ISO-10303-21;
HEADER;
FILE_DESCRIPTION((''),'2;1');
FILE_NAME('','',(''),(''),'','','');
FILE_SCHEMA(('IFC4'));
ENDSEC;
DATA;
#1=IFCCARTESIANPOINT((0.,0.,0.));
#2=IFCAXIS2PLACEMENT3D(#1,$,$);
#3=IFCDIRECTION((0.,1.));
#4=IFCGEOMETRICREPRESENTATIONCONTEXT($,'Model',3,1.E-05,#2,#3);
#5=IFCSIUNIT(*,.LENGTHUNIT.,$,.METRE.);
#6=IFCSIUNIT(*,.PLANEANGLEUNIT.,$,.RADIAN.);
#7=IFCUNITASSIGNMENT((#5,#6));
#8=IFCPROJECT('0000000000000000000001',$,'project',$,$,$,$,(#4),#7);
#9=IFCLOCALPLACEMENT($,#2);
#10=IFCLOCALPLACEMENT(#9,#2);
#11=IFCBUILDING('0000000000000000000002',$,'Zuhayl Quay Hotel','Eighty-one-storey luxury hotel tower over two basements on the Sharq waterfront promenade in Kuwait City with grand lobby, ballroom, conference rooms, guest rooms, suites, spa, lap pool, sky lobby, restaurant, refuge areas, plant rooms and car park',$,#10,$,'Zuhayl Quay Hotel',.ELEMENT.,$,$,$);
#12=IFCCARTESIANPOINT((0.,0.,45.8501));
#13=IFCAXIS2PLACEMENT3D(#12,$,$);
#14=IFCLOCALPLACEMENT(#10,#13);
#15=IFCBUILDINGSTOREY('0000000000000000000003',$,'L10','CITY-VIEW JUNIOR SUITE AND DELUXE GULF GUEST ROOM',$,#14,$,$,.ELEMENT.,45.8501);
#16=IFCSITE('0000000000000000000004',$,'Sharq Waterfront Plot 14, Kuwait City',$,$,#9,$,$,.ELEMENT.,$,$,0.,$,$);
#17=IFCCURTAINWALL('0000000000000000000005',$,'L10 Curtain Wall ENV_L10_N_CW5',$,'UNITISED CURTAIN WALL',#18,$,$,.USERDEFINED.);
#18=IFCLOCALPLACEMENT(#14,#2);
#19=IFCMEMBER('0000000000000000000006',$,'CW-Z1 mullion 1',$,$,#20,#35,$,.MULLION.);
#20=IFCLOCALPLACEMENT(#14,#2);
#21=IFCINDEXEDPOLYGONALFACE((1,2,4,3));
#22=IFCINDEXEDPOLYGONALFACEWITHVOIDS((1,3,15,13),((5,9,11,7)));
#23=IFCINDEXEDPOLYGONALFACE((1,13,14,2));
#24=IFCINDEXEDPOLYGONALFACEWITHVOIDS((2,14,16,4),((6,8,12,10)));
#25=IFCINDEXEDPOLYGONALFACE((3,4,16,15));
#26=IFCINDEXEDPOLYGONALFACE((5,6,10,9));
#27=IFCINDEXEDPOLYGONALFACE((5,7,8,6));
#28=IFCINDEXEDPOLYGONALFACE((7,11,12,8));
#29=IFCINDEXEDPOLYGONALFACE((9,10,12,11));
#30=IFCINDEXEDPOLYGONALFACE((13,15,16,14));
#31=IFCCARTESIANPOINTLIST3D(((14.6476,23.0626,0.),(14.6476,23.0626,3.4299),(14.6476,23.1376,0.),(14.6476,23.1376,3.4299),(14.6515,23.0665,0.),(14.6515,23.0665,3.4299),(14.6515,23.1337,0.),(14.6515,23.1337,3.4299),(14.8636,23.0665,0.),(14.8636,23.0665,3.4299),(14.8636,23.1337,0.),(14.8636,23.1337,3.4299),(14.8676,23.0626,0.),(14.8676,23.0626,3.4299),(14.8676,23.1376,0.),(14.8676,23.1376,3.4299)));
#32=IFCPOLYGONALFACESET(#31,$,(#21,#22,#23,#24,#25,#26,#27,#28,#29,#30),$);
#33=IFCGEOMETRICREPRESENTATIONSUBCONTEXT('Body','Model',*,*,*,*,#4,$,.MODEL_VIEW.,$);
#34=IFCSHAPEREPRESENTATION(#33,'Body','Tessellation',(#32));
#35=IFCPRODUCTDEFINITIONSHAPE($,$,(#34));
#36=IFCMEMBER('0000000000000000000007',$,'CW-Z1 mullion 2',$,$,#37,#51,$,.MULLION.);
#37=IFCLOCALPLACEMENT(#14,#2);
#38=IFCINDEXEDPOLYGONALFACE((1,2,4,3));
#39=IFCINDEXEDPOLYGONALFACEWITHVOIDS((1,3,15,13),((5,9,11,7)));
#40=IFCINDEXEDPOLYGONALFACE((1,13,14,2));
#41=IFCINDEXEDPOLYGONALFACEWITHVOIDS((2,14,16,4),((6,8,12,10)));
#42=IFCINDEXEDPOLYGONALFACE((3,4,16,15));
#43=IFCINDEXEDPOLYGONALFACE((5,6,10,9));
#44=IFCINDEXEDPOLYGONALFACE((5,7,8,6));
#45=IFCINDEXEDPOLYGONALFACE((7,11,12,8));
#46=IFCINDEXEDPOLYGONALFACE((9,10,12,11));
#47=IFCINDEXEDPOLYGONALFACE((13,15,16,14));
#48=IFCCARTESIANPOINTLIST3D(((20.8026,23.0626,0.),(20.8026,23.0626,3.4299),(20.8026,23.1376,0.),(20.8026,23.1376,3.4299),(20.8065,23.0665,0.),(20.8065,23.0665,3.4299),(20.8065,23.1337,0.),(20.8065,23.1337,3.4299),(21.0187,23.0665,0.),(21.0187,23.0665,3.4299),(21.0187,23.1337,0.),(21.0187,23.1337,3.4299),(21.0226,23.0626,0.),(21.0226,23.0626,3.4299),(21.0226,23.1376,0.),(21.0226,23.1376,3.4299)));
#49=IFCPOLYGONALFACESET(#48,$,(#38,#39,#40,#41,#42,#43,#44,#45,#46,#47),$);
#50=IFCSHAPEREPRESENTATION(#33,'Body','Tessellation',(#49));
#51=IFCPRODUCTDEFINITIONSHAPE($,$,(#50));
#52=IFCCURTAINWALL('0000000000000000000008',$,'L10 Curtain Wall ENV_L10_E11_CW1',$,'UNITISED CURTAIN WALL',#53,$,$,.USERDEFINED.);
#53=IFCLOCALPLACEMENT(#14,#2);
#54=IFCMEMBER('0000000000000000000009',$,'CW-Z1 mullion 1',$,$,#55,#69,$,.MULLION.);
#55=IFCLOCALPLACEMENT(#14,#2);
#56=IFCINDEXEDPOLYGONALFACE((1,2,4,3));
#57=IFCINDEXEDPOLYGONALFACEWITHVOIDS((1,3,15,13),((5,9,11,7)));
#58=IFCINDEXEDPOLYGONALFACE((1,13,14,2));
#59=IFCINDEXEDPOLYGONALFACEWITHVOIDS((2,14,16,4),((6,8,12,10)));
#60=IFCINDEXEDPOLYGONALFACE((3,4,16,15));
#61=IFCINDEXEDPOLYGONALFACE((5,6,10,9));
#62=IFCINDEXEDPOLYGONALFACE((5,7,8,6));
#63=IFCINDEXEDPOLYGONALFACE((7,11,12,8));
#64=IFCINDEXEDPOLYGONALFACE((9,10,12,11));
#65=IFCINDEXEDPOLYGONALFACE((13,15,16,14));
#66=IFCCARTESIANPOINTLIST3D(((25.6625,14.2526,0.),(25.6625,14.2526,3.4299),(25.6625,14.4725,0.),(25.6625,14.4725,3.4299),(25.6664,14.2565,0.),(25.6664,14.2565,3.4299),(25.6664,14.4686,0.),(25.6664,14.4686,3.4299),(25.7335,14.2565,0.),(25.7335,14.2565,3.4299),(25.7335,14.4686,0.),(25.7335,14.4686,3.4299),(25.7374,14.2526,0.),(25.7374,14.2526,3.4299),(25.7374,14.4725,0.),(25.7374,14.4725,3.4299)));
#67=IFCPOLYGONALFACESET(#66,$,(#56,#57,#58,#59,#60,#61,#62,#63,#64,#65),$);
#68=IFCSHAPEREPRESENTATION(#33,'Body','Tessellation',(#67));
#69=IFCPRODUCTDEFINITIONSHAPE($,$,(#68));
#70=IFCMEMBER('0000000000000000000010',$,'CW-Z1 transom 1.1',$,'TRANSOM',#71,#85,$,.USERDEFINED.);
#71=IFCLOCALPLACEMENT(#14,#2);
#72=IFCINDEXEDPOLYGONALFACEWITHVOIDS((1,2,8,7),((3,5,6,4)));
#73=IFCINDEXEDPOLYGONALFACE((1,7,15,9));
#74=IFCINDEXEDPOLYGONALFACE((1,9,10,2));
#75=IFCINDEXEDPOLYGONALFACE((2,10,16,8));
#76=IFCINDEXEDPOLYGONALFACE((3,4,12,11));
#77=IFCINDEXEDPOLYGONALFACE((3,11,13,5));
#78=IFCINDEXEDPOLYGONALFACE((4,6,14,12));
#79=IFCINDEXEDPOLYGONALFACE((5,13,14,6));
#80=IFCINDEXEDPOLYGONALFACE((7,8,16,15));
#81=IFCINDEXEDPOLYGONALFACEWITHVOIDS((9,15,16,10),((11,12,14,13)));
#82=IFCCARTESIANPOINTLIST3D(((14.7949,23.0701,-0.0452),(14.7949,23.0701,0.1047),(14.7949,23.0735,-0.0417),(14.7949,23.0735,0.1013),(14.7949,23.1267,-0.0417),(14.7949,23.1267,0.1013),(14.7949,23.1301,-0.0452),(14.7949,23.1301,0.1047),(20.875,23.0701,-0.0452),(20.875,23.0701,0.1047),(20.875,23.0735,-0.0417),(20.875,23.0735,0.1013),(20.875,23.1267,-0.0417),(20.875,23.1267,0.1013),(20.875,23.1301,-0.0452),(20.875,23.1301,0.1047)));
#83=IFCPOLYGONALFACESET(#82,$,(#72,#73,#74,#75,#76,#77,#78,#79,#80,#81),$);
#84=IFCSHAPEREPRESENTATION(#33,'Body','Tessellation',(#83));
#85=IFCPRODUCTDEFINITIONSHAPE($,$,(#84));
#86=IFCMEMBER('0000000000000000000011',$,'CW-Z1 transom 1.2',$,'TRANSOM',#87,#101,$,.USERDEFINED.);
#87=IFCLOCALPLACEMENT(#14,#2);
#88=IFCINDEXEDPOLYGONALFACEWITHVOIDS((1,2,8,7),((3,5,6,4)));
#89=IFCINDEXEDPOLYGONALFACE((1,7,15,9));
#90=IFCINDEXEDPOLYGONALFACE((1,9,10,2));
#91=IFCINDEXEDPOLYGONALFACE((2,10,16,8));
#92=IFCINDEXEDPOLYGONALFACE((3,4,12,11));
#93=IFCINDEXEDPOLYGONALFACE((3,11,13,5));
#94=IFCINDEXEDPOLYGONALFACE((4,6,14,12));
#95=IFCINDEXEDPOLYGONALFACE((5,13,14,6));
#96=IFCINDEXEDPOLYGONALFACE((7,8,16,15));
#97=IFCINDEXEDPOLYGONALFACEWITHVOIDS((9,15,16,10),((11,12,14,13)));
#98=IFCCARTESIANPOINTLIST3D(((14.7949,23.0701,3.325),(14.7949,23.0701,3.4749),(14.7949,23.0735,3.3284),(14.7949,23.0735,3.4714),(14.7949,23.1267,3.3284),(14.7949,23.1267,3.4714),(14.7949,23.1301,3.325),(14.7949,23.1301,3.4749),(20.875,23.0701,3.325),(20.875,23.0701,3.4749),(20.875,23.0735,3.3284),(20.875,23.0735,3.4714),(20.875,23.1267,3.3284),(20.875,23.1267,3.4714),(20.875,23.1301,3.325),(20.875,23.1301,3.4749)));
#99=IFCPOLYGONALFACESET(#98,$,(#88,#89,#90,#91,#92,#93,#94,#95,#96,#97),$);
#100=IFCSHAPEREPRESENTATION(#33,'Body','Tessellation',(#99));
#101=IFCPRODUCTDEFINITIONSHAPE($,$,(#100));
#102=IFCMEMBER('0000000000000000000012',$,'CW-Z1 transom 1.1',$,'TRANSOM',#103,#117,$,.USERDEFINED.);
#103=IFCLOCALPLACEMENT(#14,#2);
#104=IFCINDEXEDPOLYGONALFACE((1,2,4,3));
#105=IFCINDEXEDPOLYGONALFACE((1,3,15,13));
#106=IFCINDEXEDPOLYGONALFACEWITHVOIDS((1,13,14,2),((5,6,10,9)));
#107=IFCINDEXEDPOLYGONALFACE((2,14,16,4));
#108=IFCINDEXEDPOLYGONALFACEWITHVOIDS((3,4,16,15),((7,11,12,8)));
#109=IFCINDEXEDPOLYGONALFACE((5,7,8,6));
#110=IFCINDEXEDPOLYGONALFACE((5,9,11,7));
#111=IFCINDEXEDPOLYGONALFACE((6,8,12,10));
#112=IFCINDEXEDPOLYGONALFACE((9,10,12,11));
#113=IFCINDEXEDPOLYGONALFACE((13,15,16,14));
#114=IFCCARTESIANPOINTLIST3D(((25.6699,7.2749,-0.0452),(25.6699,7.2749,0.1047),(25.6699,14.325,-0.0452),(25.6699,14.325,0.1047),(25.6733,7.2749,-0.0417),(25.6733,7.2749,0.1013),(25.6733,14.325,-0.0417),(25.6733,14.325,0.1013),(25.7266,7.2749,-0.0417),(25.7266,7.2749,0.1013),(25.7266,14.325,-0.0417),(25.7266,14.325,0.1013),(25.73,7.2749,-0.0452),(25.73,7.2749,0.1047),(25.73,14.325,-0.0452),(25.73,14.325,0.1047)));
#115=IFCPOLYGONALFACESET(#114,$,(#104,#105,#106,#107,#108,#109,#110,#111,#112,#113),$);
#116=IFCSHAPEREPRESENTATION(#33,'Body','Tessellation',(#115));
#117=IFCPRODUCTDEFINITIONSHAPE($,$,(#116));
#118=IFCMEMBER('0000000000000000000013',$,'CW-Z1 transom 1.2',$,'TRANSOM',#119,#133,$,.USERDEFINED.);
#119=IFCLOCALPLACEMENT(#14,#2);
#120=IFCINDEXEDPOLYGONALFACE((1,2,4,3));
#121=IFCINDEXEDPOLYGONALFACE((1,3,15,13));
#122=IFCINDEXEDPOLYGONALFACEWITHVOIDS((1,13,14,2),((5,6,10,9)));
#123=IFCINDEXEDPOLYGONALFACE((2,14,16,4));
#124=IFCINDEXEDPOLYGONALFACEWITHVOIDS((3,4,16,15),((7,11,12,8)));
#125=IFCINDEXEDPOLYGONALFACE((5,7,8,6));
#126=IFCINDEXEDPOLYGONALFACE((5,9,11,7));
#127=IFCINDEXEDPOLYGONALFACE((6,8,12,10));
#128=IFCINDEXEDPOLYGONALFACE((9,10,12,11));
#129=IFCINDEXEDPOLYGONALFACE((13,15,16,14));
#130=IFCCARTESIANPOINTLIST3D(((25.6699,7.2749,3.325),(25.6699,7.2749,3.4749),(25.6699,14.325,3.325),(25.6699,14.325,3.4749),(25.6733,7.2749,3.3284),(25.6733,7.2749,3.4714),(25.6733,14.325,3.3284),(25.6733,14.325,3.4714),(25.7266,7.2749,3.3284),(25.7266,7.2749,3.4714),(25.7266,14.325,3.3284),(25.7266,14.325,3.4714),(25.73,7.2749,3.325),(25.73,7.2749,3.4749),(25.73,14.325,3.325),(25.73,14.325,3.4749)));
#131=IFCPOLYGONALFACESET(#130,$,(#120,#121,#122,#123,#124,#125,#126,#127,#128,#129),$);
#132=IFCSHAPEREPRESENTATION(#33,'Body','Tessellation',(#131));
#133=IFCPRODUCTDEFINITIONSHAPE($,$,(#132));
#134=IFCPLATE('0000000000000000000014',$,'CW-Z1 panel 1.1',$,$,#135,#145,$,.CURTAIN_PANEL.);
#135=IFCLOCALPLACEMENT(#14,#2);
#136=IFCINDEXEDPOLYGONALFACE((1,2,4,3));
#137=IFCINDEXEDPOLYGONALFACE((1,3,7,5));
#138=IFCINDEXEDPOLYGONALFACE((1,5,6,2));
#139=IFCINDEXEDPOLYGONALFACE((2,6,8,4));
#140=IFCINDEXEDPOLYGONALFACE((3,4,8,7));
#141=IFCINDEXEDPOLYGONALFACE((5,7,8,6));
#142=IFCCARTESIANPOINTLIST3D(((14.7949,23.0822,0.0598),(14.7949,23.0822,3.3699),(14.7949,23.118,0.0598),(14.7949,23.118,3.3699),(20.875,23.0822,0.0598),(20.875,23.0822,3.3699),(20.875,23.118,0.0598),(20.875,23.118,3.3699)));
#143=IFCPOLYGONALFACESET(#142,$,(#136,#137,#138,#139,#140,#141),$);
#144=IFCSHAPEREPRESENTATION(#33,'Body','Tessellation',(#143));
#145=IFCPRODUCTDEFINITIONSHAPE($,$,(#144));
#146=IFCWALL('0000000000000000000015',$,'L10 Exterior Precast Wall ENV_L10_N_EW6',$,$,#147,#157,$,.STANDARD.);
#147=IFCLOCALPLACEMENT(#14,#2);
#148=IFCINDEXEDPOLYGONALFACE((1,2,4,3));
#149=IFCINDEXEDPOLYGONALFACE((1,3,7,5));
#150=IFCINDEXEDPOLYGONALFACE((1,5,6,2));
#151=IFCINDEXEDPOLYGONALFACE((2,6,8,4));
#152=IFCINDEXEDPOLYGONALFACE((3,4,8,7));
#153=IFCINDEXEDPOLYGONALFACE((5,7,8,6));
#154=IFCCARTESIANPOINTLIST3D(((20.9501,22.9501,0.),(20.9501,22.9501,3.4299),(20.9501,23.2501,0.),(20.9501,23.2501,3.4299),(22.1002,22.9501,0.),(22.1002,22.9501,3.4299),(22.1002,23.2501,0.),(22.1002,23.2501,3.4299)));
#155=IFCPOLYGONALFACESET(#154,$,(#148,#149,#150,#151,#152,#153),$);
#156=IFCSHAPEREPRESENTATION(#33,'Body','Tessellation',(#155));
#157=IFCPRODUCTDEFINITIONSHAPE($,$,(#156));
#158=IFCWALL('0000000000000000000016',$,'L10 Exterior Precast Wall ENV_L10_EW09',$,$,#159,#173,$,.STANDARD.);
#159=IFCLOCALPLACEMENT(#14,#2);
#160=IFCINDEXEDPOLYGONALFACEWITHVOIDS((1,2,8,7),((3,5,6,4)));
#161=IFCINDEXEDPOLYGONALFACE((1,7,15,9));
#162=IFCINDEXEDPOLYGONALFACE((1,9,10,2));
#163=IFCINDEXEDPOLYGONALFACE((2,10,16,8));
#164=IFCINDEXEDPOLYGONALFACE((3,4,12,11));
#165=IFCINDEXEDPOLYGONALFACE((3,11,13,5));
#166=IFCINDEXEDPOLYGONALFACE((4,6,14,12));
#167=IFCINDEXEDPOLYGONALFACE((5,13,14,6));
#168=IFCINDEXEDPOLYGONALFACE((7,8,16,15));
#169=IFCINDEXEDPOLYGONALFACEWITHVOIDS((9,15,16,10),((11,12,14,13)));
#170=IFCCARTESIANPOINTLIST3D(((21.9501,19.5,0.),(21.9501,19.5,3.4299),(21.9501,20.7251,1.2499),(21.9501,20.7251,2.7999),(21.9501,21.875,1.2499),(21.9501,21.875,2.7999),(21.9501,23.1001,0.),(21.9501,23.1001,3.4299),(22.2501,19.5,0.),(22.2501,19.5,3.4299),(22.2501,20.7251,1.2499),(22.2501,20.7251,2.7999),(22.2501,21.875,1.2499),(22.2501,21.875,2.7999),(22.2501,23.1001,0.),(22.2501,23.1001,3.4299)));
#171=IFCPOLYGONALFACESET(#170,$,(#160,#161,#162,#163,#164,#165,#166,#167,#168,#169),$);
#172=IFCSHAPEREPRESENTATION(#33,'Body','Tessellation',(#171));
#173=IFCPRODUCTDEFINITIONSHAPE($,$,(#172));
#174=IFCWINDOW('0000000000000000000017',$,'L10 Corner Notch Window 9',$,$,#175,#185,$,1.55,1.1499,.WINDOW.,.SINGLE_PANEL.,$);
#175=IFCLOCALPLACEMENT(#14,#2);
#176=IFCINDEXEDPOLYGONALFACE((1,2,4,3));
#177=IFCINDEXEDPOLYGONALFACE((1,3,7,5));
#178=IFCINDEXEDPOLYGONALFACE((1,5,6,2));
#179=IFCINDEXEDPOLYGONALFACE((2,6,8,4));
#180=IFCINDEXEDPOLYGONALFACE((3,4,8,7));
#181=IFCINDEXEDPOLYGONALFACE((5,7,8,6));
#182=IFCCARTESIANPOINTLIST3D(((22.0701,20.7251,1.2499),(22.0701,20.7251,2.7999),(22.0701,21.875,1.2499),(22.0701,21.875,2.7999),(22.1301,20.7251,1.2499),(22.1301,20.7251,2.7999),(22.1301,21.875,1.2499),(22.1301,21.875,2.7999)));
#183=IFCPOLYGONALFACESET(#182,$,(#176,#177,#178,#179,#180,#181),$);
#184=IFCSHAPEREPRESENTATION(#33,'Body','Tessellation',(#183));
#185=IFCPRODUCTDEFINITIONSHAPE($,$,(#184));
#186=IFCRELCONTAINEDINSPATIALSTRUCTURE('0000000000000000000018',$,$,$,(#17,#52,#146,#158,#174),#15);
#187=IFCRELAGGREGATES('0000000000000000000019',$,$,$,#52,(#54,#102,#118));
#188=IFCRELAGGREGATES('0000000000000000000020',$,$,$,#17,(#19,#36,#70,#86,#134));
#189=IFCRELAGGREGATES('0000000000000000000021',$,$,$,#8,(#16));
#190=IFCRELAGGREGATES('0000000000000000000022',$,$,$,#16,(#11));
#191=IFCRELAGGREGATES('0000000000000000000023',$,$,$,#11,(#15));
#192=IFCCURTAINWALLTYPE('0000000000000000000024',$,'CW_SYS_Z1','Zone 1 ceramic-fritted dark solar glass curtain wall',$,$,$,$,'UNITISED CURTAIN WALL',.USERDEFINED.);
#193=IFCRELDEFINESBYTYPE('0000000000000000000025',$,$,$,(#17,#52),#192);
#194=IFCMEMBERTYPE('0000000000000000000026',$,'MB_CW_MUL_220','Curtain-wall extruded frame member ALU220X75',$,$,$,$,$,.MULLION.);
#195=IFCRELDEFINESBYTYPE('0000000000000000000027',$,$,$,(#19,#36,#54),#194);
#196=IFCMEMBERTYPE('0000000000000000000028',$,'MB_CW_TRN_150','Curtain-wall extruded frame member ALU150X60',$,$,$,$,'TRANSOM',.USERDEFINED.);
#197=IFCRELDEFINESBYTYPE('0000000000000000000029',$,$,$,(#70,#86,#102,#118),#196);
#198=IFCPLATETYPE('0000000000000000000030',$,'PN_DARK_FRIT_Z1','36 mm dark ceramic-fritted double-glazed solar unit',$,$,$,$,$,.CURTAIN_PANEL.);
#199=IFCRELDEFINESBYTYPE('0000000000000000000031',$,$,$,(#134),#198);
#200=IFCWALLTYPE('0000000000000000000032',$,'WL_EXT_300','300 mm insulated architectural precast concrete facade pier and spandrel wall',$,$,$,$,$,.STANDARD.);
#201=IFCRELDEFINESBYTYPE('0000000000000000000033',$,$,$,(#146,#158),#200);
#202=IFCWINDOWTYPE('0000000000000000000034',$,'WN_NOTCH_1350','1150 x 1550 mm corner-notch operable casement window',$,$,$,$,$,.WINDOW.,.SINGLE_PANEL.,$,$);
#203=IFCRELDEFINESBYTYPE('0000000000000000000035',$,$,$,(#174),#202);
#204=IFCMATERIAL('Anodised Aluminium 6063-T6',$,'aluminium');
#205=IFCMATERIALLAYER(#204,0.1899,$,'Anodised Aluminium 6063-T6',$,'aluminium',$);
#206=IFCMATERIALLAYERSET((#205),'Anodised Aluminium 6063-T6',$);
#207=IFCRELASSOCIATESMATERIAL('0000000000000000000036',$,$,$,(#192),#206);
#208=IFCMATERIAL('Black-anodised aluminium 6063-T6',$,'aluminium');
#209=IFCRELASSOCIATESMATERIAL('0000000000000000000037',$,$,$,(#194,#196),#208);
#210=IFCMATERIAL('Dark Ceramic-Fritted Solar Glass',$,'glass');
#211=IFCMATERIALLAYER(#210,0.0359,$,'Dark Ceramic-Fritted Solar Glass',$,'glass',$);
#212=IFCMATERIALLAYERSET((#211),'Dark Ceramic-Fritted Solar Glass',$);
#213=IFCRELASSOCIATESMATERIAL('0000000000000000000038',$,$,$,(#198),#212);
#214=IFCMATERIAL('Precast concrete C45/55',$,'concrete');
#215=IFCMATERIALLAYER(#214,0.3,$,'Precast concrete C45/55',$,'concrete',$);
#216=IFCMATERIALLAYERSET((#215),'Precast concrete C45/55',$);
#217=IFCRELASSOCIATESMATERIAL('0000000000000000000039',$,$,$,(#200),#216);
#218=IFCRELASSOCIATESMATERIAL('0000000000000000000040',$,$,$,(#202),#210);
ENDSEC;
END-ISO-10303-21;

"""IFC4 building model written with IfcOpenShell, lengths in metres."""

from ifc_helpers import new_model, si_unit, direction, frame, frame_2d, origin, origin_2d, place, context, subcontext, project, spatial, rectangle, hollow_rectangle, extrude, material, layer, layer_set, material_profile, profile_set, type_object, element, fill, aggregate, save


model = new_model("IFC4")

# Units and contexts
model_context = context("Model", 3, precision=1e-05, world=origin(), true_north=direction((0.0, 1.0)))
body_context = subcontext(model_context, "Body", "Model", "MODEL_VIEW")
ifc_project = project(units=[si_unit("LENGTHUNIT", "METRE"), si_unit("PLANEANGLEUNIT", "RADIAN")], contexts=[model_context])

# Site, building, storey
site_placement = place(None, origin())
site = spatial("IfcSite", under=ifc_project, at=site_placement, Name="Sharq Waterfront Plot 14, Kuwait City", CompositionType="ELEMENT", RefElevation=0.0)
building_placement = place(site_placement, origin())
building = spatial("IfcBuilding", under=site, at=building_placement, Name="Zuhayl Quay Hotel", Description="Eighty-one-storey luxury hotel tower over two basements on the Sharq waterfront promenade in Kuwait City with grand lobby, ballroom, conference rooms, guest rooms, suites, spa, lap pool, sky lobby, restaurant, refuge areas, plant rooms and car park", LongName="Zuhayl Quay Hotel", CompositionType="ELEMENT")
storey_placement = place(building_placement, frame((0.0, 0.0, 45.8501)))
storey = spatial("IfcBuildingStorey", under=building, at=storey_placement, Name="L10", Description="CITY-VIEW JUNIOR SUITE AND DELUXE GULF GUEST ROOM", CompositionType="ELEMENT", Elevation=45.8501)

# Curtain wall, members
ifc_material_1 = material(Name="Anodised Aluminium 6063-T6", Category="aluminium")
ifc_layer_1 = layer(ifc_material_1, 0.1899, Name="Anodised Aluminium 6063-T6", Category="aluminium")
ifc_layer_set_1 = layer_set([ifc_layer_1], Name="Anodised Aluminium 6063-T6")
curtain_wall_type = type_object("IfcCurtainWallType", Name="CW_SYS_Z1", Description="Zone 1 ceramic-fritted dark solar glass curtain wall", ElementType="UNITISED CURTAIN WALL", PredefinedType="USERDEFINED", material=ifc_layer_set_1)
curtain_wall_1_placement = place(storey_placement, origin())
curtain_wall_1 = element("IfcCurtainWall", 1, at=curtain_wall_1_placement, inside=storey, type_object=curtain_wall_type, Name="L10 Curtain Wall ENV_L10_N_CW5", ObjectType="UNITISED CURTAIN WALL", PredefinedType="USERDEFINED")
ifc_material_2 = material(Name="Black-anodised aluminium 6063-T6", Category="aluminium")
ifc_material_profile_1 = material_profile(ifc_material_2, hollow_rectangle(XDim=0.075, YDim=0.22, WallThickness=0.0039, at=origin_2d()), Name="ALU220X75")
ifc_profile_set_1 = profile_set([ifc_material_profile_1], Name="Black-anodised aluminium 6063-T6")
member_type_1 = type_object("IfcMemberType", Name="MB_CW_MUL_220", Description="Curtain-wall extruded frame member ALU220X75", PredefinedType="MULLION", material=ifc_profile_set_1)
member_1_placement = place(storey_placement, frame((14.7576, 23.1001, 0.0), z_axis=(0.0, 0.0, 1.0), x_axis=(0.0, 1.0, 0.0)))
member_1 = element("IfcMember", 2, at=member_1_placement, type_object=member_type_1, Name="CW-Z1 mullion 1", PredefinedType="MULLION", context=body_context, shape_type="SweptSolid", body=[
    extrude(hollow_rectangle(XDim=0.075, YDim=0.22, WallThickness=0.0039, at=origin_2d()), origin(), (0.0, 0.0, 1.0), 3.4299),
])
member_2_placement = place(storey_placement, frame((20.9126, 23.1001, 0.0), z_axis=(0.0, 0.0, 1.0), x_axis=(0.0, 1.0, 0.0)))
member_2 = element("IfcMember", 3, at=member_2_placement, type_object=member_type_1, Name="CW-Z1 mullion 2", PredefinedType="MULLION", context=body_context, shape_type="SweptSolid", body=[
    extrude(hollow_rectangle(XDim=0.075, YDim=0.22, WallThickness=0.0039, at=origin_2d()), origin(), (0.0, 0.0, 1.0), 3.4299),
])

# Curtain wall, member
curtain_wall_2_placement = place(storey_placement, origin())
curtain_wall_2 = element("IfcCurtainWall", 4, at=curtain_wall_2_placement, inside=storey, type_object=curtain_wall_type, Name="L10 Curtain Wall ENV_L10_E11_CW1", ObjectType="UNITISED CURTAIN WALL", PredefinedType="USERDEFINED")
member_3_placement = place(storey_placement, frame((25.7, 14.3625, 0.0), z_axis=(0.0, 0.0, 1.0), x_axis=(1.0, 0.0, 0.0)))
member_3 = element("IfcMember", 5, at=member_3_placement, type_object=member_type_1, Name="CW-Z1 mullion 1", PredefinedType="MULLION", context=body_context, shape_type="SweptSolid", body=[
    extrude(hollow_rectangle(XDim=0.075, YDim=0.22, WallThickness=0.0039, at=origin_2d()), origin(), (0.0, 0.0, 1.0), 3.4299),
])

# Members
ifc_material_profile_2 = material_profile(ifc_material_2, hollow_rectangle(XDim=0.0601, YDim=0.1499, WallThickness=0.0034, at=origin_2d()), Name="ALU150X60")
ifc_profile_set_2 = profile_set([ifc_material_profile_2], Name="Black-anodised aluminium 6063-T6")
member_type_2 = type_object("IfcMemberType", Name="MB_CW_TRN_150", Description="Curtain-wall extruded frame member ALU150X60", ElementType="TRANSOM", PredefinedType="USERDEFINED", material=ifc_profile_set_2)
member_4_placement = place(storey_placement, frame((14.7949, 23.1001, 0.0298), z_axis=(1.0, 0.0, 0.0), x_axis=(0.0, 1.0, 0.0)))
member_4 = element("IfcMember", 6, at=member_4_placement, type_object=member_type_2, Name="CW-Z1 transom 1.1", ObjectType="TRANSOM", PredefinedType="USERDEFINED", context=body_context, shape_type="SweptSolid", body=[
    extrude(hollow_rectangle(XDim=0.0601, YDim=0.1499, WallThickness=0.0034, at=origin_2d()), origin(), (0.0, 0.0, 1.0), 6.0801),
])
member_5_placement = place(storey_placement, frame((14.7949, 23.1001, 3.3999), z_axis=(1.0, 0.0, 0.0), x_axis=(0.0, 1.0, 0.0)))
member_5 = element("IfcMember", 7, at=member_5_placement, type_object=member_type_2, Name="CW-Z1 transom 1.2", ObjectType="TRANSOM", PredefinedType="USERDEFINED", context=body_context, shape_type="SweptSolid", body=[
    extrude(hollow_rectangle(XDim=0.0601, YDim=0.1499, WallThickness=0.0034, at=origin_2d()), origin(), (0.0, 0.0, 1.0), 6.0801),
])
member_6_placement = place(storey_placement, frame((25.7, 14.325, 0.0298), z_axis=(0.0, -1.0, 0.0), x_axis=(1.0, 0.0, 0.0)))
member_6 = element("IfcMember", 8, at=member_6_placement, type_object=member_type_2, Name="CW-Z1 transom 1.1", ObjectType="TRANSOM", PredefinedType="USERDEFINED", context=body_context, shape_type="SweptSolid", body=[
    extrude(hollow_rectangle(XDim=0.0601, YDim=0.1499, WallThickness=0.0034, at=origin_2d()), origin(), (0.0, 0.0, 1.0), 7.05),
])
member_7_placement = place(storey_placement, frame((25.7, 14.325, 3.3999), z_axis=(0.0, -1.0, 0.0), x_axis=(1.0, 0.0, 0.0)))
member_7 = element("IfcMember", 9, at=member_7_placement, type_object=member_type_2, Name="CW-Z1 transom 1.2", ObjectType="TRANSOM", PredefinedType="USERDEFINED", context=body_context, shape_type="SweptSolid", body=[
    extrude(hollow_rectangle(XDim=0.0601, YDim=0.1499, WallThickness=0.0034, at=origin_2d()), origin(), (0.0, 0.0, 1.0), 7.05),
])
aggregate(curtain_wall_2, [member_3, member_6, member_7])

# Plate
ifc_material_3 = material(Name="Dark Ceramic-Fritted Solar Glass", Category="glass")
ifc_layer_2 = layer(ifc_material_3, 0.0359, Name="Dark Ceramic-Fritted Solar Glass", Category="glass")
ifc_layer_set_2 = layer_set([ifc_layer_2], Name="Dark Ceramic-Fritted Solar Glass")
plate_type = type_object("IfcPlateType", Name="PN_DARK_FRIT_Z1", Description="36 mm dark ceramic-fritted double-glazed solar unit", PredefinedType="CURTAIN_PANEL", material=ifc_layer_set_2)
plate_placement = place(storey_placement, frame((17.835, 23.1001, 0.0598), z_axis=(0.0, 0.0, 1.0), x_axis=(1.0, 0.0, 0.0)))
plate = element("IfcPlate", 10, at=plate_placement, type_object=plate_type, Name="CW-Z1 panel 1.1", PredefinedType="CURTAIN_PANEL", context=body_context, shape_type="SweptSolid", body=[
    extrude(rectangle(XDim=6.0801, YDim=0.0359, at=origin_2d()), origin(), (0.0, 0.0, 1.0), 3.3101),
])
aggregate(curtain_wall_1, [member_1, member_2, member_4, member_5, plate])

# Wall
ifc_material_4 = material(Name="Precast concrete C45/55", Category="concrete")
ifc_layer_3 = layer(ifc_material_4, 0.3, Name="Precast concrete C45/55", Category="concrete")
ifc_layer_set_3 = layer_set([ifc_layer_3], Name="Precast concrete C45/55")
wall_type_1 = type_object("IfcWallType", Name="WL_EXT_300", Description="300 mm insulated architectural precast concrete facade pier and spandrel wall", PredefinedType="STANDARD", material=ifc_layer_set_3)
wall_1_placement = place(storey_placement, frame((20.95, 23.1001, 0.0), z_axis=(0.0, 0.0, 1.0), x_axis=(1.0, 0.0, 0.0)))
element("IfcWall", 11, at=wall_1_placement, inside=storey, type_object=wall_type_1, Name="L10 Exterior Precast Wall ENV_L10_N_EW6", PredefinedType="STANDARD", context=body_context, shape_type="SweptSolid", body=[
    extrude(rectangle(XDim=1.1501, YDim=0.3, at=frame_2d((0.5752, 0.0))), origin(), (0.0, 0.0, 1.0), 3.4299),
])

# Wall, opening, window
wall_2_placement = place(storey_placement, frame((22.1001, 23.1001, 0.0), z_axis=(0.0, 0.0, 1.0), x_axis=(0.0, -1.0, 0.0)))
wall_2 = element("IfcWall", 12, at=wall_2_placement, inside=storey, type_object=wall_type_1, Name="L10 Exterior Precast Wall ENV_L10_EW09", PredefinedType="STANDARD", context=body_context, shape_type="SweptSolid", body=[
    extrude(rectangle(XDim=3.6001, YDim=0.3, at=frame_2d((1.8, 0.0))), origin(), (0.0, 0.0, 1.0), 3.4299),
])
opening_1_placement = place(wall_2_placement, frame((1.2251, 0.0, 1.25)))
opening_1 = element("IfcOpeningElement", 13, at=opening_1_placement, cuts=wall_2, PredefinedType="OPENING", context=body_context, shape_type="SweptSolid", body=[
    extrude(rectangle(XDim=1.1499, YDim=1.55, at=frame_2d((0.575, 0.7749))), frame((0.0, 0.1599, 0.0), z_axis=(0.0, -1.0, 0.0), x_axis=(1.0, 0.0, 0.0)), (0.0, 0.0, 1.0), 0.3201),
])
window_type_1 = type_object("IfcWindowType", Name="WN_NOTCH_1350", Description="1150 x 1550 mm corner-notch operable casement window", PartitioningType="SINGLE_PANEL", PredefinedType="WINDOW", material=ifc_material_3)
window_1_placement = place(opening_1_placement, origin())
window_1 = element("IfcWindow", 14, at=window_1_placement, inside=storey, type_object=window_type_1, Name="L10 Corner Notch Window 9", OverallHeight=1.55, OverallWidth=1.1499, PartitioningType="SINGLE_PANEL", PredefinedType="WINDOW", context=body_context, shape_type="SweptSolid", body=[
    extrude(rectangle(XDim=1.1499, YDim=1.55, at=frame_2d((0.575, 0.7749))), frame((0.0, 0.03, 0.0), z_axis=(0.0, -1.0, 0.0), x_axis=(1.0, 0.0, 0.0)), (0.0, 0.0, 1.0), 0.0601),
])
fill(opening_1, window_1)

save(model, "model.ifc")
